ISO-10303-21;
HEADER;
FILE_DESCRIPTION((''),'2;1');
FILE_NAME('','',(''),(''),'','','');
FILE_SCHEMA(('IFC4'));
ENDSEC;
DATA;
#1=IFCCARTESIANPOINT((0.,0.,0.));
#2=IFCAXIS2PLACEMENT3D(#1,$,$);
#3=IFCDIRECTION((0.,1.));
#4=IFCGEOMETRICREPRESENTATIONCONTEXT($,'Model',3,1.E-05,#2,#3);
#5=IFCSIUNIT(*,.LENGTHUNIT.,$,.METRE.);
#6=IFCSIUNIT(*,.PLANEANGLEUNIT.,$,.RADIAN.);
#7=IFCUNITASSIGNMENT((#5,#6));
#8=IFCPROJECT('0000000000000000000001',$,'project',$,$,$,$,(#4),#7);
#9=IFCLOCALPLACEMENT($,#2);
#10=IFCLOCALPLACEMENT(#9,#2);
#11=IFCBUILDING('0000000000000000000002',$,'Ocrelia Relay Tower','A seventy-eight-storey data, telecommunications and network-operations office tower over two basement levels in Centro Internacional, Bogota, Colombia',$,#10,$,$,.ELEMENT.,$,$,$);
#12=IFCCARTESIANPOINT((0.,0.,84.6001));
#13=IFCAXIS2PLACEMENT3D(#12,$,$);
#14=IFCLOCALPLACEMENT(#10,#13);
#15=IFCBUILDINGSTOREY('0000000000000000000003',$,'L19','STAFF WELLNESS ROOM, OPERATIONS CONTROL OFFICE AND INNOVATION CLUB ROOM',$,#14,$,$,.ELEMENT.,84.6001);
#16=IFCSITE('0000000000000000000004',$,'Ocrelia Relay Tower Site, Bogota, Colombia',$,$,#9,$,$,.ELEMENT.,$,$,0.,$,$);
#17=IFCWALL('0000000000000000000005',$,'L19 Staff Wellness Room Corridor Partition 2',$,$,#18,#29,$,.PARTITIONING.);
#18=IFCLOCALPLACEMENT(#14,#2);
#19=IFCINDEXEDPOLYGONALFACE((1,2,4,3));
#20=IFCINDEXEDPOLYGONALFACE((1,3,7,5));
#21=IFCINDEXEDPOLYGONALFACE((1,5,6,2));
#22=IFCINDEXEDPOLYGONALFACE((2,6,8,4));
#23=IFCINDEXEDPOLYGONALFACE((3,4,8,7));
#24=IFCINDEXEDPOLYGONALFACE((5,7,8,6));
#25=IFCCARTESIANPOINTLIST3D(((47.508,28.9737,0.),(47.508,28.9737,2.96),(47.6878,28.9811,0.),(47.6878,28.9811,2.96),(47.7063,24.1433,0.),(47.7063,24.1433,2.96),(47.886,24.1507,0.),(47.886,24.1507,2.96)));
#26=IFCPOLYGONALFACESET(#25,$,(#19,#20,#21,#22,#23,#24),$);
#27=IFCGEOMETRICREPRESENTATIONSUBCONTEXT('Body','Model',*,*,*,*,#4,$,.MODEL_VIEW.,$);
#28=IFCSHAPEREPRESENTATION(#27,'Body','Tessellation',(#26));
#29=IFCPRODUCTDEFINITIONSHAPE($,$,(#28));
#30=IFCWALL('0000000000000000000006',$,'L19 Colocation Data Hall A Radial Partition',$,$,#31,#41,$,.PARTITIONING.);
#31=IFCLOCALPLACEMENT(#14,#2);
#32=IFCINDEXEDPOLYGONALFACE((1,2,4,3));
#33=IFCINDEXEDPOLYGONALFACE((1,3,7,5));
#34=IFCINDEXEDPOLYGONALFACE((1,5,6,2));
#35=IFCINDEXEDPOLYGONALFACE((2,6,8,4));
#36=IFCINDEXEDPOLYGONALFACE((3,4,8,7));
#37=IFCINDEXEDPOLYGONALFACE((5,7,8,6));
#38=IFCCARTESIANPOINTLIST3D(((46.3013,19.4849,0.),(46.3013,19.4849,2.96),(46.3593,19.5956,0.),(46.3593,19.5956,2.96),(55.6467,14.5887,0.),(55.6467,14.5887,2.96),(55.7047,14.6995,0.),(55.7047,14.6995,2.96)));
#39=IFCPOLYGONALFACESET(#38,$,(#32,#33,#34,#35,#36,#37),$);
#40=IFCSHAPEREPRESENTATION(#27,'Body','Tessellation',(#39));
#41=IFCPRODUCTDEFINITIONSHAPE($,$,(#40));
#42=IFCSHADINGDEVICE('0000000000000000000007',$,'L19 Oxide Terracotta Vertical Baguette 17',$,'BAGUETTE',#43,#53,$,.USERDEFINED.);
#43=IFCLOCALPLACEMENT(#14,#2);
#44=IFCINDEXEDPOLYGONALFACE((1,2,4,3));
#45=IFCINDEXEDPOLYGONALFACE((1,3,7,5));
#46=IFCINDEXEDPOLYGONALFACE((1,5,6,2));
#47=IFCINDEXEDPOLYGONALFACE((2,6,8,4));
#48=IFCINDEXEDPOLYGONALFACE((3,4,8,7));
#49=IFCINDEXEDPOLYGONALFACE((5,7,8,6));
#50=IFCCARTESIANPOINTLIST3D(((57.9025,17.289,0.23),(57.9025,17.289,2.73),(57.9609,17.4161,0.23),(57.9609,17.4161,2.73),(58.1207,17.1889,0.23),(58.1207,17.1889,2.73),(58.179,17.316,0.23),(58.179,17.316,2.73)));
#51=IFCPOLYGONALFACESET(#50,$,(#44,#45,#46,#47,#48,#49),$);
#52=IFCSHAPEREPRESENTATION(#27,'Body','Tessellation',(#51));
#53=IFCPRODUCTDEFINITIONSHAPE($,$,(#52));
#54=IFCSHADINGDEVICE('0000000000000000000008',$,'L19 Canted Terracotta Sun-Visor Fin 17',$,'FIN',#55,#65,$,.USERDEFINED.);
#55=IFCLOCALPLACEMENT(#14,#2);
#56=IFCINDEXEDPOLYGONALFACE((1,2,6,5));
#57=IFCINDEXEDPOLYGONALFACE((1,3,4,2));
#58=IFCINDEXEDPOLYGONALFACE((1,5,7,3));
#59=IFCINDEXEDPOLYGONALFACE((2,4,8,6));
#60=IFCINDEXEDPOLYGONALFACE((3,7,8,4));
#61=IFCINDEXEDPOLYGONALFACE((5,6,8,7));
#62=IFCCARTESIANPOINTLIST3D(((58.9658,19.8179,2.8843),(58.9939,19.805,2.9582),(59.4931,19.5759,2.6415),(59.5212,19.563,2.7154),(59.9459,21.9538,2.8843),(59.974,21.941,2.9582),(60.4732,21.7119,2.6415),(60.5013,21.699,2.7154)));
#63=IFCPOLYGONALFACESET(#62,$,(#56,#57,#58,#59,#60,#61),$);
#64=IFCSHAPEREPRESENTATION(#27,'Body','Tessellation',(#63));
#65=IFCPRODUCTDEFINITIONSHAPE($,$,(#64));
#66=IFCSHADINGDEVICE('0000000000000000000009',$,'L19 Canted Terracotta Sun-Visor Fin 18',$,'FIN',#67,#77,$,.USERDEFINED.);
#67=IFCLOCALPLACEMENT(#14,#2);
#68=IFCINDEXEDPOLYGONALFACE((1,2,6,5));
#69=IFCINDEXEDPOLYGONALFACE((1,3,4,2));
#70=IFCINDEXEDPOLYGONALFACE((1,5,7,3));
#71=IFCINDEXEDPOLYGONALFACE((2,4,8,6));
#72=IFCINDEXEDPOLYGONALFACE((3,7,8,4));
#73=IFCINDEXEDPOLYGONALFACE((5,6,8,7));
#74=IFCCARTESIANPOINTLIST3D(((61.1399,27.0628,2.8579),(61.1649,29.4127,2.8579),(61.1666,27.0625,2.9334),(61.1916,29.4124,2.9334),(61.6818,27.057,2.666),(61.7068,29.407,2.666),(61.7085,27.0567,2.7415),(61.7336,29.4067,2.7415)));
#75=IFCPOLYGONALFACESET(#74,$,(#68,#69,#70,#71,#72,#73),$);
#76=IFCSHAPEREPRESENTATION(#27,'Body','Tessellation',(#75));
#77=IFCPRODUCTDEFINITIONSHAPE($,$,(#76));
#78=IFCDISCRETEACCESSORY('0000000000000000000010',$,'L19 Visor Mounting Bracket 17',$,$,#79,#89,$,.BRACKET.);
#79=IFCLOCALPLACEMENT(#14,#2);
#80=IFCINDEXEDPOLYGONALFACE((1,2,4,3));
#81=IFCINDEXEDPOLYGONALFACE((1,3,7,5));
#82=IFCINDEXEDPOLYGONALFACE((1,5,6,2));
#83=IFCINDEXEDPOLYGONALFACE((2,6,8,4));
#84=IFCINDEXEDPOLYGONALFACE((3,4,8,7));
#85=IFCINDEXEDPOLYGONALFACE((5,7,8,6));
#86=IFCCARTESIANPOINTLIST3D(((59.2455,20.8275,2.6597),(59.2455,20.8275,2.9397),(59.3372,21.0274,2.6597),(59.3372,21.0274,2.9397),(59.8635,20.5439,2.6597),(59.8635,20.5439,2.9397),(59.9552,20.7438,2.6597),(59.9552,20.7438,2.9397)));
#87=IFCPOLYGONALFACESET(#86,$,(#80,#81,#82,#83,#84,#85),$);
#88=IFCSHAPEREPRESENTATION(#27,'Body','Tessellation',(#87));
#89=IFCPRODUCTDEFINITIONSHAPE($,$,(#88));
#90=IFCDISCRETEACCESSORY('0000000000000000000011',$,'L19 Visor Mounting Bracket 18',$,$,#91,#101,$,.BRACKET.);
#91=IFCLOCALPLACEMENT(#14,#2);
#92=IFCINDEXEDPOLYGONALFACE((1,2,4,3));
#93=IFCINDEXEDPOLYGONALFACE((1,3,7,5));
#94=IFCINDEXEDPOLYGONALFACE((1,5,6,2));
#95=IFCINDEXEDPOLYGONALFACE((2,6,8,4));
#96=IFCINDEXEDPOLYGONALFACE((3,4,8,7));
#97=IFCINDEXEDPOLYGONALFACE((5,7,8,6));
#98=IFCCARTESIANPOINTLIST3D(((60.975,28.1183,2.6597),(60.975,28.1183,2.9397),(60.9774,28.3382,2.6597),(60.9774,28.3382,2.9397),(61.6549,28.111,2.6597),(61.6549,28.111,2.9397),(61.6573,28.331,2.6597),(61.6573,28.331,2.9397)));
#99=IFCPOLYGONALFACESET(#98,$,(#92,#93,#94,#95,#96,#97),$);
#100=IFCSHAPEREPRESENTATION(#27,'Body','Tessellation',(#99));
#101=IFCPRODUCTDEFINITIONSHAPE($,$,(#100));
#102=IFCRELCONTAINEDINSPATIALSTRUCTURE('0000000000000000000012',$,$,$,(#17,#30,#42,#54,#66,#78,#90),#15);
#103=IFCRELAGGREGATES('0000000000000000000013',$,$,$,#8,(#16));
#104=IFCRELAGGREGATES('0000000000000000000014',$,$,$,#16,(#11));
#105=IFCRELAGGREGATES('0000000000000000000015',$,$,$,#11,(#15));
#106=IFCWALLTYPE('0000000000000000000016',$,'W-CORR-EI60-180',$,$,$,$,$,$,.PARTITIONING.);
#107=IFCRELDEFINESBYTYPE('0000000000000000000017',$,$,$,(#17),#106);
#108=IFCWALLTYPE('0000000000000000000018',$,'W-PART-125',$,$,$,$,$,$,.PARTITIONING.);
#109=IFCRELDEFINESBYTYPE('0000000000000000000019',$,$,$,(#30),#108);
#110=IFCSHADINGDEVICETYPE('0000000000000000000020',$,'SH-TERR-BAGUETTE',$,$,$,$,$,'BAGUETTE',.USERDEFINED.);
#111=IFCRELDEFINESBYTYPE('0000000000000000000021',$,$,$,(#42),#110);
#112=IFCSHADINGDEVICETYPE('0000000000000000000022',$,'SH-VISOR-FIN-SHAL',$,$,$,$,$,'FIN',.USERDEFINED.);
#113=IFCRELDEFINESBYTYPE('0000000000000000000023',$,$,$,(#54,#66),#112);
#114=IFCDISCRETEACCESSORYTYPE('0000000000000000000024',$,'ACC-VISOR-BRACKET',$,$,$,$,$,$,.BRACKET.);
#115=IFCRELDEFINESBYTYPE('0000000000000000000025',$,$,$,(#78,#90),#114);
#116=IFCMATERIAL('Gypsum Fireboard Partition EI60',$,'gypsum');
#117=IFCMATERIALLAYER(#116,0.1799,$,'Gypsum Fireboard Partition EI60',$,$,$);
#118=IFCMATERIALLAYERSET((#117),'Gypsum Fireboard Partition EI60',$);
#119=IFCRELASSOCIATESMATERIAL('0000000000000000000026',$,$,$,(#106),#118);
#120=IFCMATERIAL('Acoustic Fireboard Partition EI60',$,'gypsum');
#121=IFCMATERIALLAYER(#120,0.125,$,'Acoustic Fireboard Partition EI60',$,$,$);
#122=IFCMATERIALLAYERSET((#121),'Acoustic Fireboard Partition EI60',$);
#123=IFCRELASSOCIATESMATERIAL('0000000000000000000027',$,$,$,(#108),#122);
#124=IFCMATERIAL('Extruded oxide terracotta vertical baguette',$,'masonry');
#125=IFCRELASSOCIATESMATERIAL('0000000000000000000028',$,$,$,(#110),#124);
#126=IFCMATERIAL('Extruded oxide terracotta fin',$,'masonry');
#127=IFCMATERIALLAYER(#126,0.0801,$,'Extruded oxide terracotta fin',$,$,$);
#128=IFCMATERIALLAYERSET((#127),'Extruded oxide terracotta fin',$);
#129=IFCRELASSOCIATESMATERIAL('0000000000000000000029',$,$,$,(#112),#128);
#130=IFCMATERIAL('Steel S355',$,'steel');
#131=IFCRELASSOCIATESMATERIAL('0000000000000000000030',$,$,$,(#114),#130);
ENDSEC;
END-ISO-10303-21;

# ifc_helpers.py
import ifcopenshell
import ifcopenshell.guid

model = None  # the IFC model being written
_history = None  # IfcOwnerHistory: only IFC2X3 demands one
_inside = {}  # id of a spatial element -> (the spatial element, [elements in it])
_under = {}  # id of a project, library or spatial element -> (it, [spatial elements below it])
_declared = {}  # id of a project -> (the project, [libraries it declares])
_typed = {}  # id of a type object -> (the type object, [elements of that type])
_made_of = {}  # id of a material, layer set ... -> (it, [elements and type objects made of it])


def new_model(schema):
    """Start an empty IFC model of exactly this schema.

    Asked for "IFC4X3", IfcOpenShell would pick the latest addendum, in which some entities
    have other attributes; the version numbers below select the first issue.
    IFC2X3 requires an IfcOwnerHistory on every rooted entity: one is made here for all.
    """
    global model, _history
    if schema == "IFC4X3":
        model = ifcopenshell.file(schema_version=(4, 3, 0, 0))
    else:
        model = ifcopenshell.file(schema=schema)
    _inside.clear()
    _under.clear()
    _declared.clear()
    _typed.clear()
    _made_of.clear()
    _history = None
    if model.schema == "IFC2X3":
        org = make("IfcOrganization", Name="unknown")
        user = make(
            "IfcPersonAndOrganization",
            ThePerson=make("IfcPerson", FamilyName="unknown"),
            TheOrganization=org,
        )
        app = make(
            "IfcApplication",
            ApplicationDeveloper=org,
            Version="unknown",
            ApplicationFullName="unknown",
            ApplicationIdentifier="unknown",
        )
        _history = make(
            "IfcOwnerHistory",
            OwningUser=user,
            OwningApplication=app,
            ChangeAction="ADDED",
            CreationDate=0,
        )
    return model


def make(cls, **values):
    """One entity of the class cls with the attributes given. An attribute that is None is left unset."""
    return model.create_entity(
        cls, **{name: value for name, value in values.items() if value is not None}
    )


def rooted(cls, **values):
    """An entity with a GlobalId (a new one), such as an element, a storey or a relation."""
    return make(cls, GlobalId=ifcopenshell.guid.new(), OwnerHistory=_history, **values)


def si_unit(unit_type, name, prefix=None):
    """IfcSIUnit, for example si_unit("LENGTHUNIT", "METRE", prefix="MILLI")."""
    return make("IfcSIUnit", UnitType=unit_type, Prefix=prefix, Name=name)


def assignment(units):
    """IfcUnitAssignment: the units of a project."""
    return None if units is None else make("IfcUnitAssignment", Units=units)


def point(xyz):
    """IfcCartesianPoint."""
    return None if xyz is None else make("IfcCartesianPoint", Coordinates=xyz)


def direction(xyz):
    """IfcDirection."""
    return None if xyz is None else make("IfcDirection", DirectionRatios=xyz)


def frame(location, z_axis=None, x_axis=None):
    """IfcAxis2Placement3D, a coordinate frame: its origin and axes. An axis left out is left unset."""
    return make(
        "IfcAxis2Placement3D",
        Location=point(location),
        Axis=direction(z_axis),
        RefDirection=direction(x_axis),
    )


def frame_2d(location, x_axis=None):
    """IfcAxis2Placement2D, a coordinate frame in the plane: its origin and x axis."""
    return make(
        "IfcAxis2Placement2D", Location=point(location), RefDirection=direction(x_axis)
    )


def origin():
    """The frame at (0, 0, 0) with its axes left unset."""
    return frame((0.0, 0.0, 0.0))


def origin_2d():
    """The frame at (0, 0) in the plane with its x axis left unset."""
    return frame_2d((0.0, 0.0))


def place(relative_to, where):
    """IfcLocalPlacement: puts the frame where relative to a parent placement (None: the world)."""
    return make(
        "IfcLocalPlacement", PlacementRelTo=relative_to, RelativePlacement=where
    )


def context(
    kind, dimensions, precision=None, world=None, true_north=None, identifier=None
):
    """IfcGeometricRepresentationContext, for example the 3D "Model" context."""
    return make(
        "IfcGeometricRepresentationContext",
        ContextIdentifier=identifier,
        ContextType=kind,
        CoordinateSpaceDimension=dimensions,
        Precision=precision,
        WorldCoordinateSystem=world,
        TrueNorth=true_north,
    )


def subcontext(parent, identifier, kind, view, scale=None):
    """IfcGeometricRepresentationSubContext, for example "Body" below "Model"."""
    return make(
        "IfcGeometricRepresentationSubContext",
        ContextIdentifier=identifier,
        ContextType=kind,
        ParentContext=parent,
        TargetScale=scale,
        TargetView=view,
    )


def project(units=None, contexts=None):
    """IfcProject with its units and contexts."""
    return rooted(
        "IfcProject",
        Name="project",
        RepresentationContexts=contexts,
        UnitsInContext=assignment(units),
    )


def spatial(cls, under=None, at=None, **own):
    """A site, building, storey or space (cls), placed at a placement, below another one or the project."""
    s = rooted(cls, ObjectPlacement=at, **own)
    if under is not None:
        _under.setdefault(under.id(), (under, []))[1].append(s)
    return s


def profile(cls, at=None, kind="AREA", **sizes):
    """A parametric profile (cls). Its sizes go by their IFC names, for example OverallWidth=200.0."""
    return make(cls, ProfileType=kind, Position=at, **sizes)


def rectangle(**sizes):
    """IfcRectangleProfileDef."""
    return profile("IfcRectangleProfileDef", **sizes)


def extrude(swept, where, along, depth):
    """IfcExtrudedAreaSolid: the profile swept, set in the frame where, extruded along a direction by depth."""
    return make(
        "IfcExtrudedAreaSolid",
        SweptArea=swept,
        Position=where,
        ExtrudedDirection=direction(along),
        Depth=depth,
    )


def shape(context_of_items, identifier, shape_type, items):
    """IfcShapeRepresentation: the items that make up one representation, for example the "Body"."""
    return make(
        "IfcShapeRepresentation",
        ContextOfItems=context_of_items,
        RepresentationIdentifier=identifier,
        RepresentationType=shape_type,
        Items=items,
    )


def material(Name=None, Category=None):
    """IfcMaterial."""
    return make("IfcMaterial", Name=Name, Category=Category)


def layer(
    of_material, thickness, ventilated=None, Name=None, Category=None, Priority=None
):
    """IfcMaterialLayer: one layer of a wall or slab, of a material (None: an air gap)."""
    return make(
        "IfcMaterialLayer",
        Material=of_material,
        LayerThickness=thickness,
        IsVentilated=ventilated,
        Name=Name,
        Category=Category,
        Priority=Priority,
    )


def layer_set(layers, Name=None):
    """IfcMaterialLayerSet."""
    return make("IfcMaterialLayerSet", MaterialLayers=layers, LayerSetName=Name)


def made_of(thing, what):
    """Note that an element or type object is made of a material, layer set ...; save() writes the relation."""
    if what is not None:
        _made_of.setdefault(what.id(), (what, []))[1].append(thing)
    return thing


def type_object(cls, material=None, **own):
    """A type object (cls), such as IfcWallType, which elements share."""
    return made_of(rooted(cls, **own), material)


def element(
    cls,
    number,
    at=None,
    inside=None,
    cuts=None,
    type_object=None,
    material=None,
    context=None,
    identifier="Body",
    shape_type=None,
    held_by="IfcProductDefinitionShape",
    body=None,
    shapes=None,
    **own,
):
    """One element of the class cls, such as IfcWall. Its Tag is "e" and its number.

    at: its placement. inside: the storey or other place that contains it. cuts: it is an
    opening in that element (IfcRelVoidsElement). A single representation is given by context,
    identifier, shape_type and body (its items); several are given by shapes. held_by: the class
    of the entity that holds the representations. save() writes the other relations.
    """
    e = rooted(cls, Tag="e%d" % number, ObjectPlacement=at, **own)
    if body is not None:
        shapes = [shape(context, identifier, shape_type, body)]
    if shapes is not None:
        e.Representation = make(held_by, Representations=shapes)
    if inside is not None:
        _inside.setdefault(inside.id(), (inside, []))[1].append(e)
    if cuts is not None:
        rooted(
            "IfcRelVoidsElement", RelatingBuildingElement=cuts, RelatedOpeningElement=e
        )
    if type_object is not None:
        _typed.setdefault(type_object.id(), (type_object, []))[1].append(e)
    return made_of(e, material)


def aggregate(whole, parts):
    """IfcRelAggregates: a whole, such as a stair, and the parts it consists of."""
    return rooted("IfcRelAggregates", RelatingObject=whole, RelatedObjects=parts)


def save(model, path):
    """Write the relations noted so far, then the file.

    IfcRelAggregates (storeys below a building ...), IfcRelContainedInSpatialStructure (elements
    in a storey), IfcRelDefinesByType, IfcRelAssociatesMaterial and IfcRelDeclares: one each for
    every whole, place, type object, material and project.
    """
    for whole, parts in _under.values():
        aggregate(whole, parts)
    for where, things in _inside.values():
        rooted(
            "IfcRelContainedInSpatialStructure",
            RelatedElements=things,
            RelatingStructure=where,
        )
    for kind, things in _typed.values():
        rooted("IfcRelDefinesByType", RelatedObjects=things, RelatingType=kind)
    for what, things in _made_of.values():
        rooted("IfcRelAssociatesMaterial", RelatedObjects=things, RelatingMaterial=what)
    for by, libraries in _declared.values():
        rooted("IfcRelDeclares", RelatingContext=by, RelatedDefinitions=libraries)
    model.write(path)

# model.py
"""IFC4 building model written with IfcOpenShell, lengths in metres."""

from ifc_helpers import new_model, si_unit, direction, frame, frame_2d, origin, origin_2d, place, context, subcontext, project, spatial, rectangle, extrude, material, layer, layer_set, type_object, element, save


model = new_model("IFC4")

# Units and contexts
model_context = context("Model", 3, precision=1e-05, world=origin(), true_north=direction((0.0, 1.0)))
body_context = subcontext(model_context, "Body", "Model", "MODEL_VIEW")
ifc_project = project(units=[si_unit("LENGTHUNIT", "METRE"), si_unit("PLANEANGLEUNIT", "RADIAN")], contexts=[model_context])

# Site, building, storey
site_placement = place(None, origin())
site = spatial("IfcSite", under=ifc_project, at=site_placement, Name="Ocrelia Relay Tower Site, Bogota, Colombia", CompositionType="ELEMENT", RefElevation=0.0)
building_placement = place(site_placement, origin())
building = spatial("IfcBuilding", under=site, at=building_placement, Name="Ocrelia Relay Tower", Description="A seventy-eight-storey data, telecommunications and network-operations office tower over two basement levels in Centro Internacional, Bogota, Colombia", CompositionType="ELEMENT")
storey_placement = place(building_placement, frame((0.0, 0.0, 84.6001)))
storey = spatial("IfcBuildingStorey", under=building, at=storey_placement, Name="L19", Description="STAFF WELLNESS ROOM, OPERATIONS CONTROL OFFICE AND INNOVATION CLUB ROOM", CompositionType="ELEMENT", Elevation=84.6001)

# Shared definitions
ifc_material_1 = material(Name="Steel S355", Category="steel")

# Walls
ifc_material_2 = material(Name="Gypsum Fireboard Partition EI60", Category="gypsum")
ifc_layer_1 = layer(ifc_material_2, 0.1799, Name="Gypsum Fireboard Partition EI60")
ifc_layer_set_1 = layer_set([ifc_layer_1], Name="Gypsum Fireboard Partition EI60")
wall_type_1 = type_object("IfcWallType", Name="W-CORR-EI60-180", PredefinedType="PARTITIONING", material=ifc_layer_set_1)
wall_1_placement = place(storey_placement, frame((47.7961, 24.147, 0.0), z_axis=(0.0, 0.0, 1.0), x_axis=(-0.041007, 0.999159, 0.0)))
element("IfcWall", 1, at=wall_1_placement, inside=storey, type_object=wall_type_1, Name="L19 Staff Wellness Room Corridor Partition 2", PredefinedType="PARTITIONING", context=body_context, shape_type="SweptSolid", body=[
    extrude(rectangle(XDim=4.8345, YDim=0.1799, at=frame_2d((2.4172, 0.0))), origin(), (0.0, 0.0, 1.0), 2.96),
])
ifc_material_3 = material(Name="Acoustic Fireboard Partition EI60", Category="gypsum")
ifc_layer_2 = layer(ifc_material_3, 0.125, Name="Acoustic Fireboard Partition EI60")
ifc_layer_set_2 = layer_set([ifc_layer_2], Name="Acoustic Fireboard Partition EI60")
wall_type_2 = type_object("IfcWallType", Name="W-PART-125", PredefinedType="PARTITIONING", material=ifc_layer_set_2)
wall_2_placement = place(storey_placement, frame((46.3303, 19.5403, 0.0), z_axis=(0.0, 0.0, 1.0), x_axis=(0.885793, -0.464081, 0.0)))
element("IfcWall", 2, at=wall_2_placement, inside=storey, type_object=wall_type_2, Name="L19 Colocation Data Hall A Radial Partition", PredefinedType="PARTITIONING", context=body_context, shape_type="SweptSolid", body=[
    extrude(rectangle(XDim=10.5503, YDim=0.125, at=frame_2d((5.2751, 0.0))), origin(), (0.0, 0.0, 1.0), 2.96),
])

# Shading devices
ifc_material_4 = material(Name="Extruded oxide terracotta vertical baguette", Category="masonry")
shading_device_type_1 = type_object("IfcShadingDeviceType", Name="SH-TERR-BAGUETTE", ElementType="BAGUETTE", PredefinedType="USERDEFINED", material=ifc_material_4)
shading_device_1_placement = place(storey_placement, frame((58.0408, 17.3025, 0.23), z_axis=(0.0, 0.0, 1.0), x_axis=(0.417064, 0.908877, 0.0)))
element("IfcShadingDevice", 3, at=shading_device_1_placement, inside=storey, type_object=shading_device_type_1, Name="L19 Oxide Terracotta Vertical Baguette 17", ObjectType="BAGUETTE", PredefinedType="USERDEFINED", context=body_context, shape_type="SweptSolid", body=[
    extrude(rectangle(XDim=0.1399, YDim=0.24, at=origin_2d()), origin(), (0.0, 0.0, 1.0), 2.5),
])
ifc_material_5 = material(Name="Extruded oxide terracotta fin", Category="masonry")
ifc_layer_3 = layer(ifc_material_5, 0.0801, Name="Extruded oxide terracotta fin")
ifc_layer_set_3 = layer_set([ifc_layer_3], Name="Extruded oxide terracotta fin")
shading_device_type_2 = type_object("IfcShadingDeviceType", Name="SH-VISOR-FIN-SHAL", ElementType="FIN", PredefinedType="USERDEFINED", material=ifc_layer_set_3)
shading_device_2_placement = place(storey_placement, frame((59.7195, 20.7649, 2.7629), z_axis=(0.350887, -0.161015, 0.922471), x_axis=(0.417064, 0.908877, 0.0)))
element("IfcShadingDevice", 4, at=shading_device_2_placement, inside=storey, type_object=shading_device_type_2, Name="L19 Canted Terracotta Sun-Visor Fin 17", ObjectType="FIN", PredefinedType="USERDEFINED", context=body_context, shape_type="SweptSolid", body=[
    extrude(rectangle(XDim=2.3501, YDim=0.6289, at=origin_2d()), origin(), (0.0, 0.0, 1.0), 0.0801),
])
shading_device_3_placement = place(storey_placement, frame((61.4233, 28.2349, 2.762), z_axis=(0.333788, -0.003554, 0.942641), x_axis=(0.010648, 0.999943, 0.0)))
element("IfcShadingDevice", 5, at=shading_device_3_placement, inside=storey, type_object=shading_device_type_2, Name="L19 Canted Terracotta Sun-Visor Fin 18", ObjectType="FIN", PredefinedType="USERDEFINED", context=body_context, shape_type="SweptSolid", body=[
    extrude(rectangle(XDim=2.3501, YDim=0.575, at=origin_2d()), origin(), (0.0, 0.0, 1.0), 0.0801),
])

# Discrete accessories
discrete_accessory_type = type_object("IfcDiscreteAccessoryType", Name="ACC-VISOR-BRACKET", PredefinedType="BRACKET", material=ifc_material_1)
for number, where, z_axis, x_axis, name in (
    (6, (59.6003, 20.7856, 2.6597), (0.0, 0.0, 1.0), (0.417064, 0.908877, 0.0), "L19 Visor Mounting Bracket 17"),
    (7, (61.3162, 28.2246, 2.6597), (0.0, 0.0, 1.0), (0.010648, 0.999943, 0.0), "L19 Visor Mounting Bracket 18"),
):
    element("IfcDiscreteAccessory", number, at=place(storey_placement, frame(where, z_axis=z_axis, x_axis=x_axis)), inside=storey, type_object=discrete_accessory_type, Name=name, PredefinedType="BRACKET", context=body_context, shape_type="SweptSolid", body=[
        extrude(rectangle(XDim=0.22, YDim=0.6799, at=origin_2d()), origin(), (0.0, 0.0, 1.0), 0.28),
    ])

save(model, "model.ifc")
